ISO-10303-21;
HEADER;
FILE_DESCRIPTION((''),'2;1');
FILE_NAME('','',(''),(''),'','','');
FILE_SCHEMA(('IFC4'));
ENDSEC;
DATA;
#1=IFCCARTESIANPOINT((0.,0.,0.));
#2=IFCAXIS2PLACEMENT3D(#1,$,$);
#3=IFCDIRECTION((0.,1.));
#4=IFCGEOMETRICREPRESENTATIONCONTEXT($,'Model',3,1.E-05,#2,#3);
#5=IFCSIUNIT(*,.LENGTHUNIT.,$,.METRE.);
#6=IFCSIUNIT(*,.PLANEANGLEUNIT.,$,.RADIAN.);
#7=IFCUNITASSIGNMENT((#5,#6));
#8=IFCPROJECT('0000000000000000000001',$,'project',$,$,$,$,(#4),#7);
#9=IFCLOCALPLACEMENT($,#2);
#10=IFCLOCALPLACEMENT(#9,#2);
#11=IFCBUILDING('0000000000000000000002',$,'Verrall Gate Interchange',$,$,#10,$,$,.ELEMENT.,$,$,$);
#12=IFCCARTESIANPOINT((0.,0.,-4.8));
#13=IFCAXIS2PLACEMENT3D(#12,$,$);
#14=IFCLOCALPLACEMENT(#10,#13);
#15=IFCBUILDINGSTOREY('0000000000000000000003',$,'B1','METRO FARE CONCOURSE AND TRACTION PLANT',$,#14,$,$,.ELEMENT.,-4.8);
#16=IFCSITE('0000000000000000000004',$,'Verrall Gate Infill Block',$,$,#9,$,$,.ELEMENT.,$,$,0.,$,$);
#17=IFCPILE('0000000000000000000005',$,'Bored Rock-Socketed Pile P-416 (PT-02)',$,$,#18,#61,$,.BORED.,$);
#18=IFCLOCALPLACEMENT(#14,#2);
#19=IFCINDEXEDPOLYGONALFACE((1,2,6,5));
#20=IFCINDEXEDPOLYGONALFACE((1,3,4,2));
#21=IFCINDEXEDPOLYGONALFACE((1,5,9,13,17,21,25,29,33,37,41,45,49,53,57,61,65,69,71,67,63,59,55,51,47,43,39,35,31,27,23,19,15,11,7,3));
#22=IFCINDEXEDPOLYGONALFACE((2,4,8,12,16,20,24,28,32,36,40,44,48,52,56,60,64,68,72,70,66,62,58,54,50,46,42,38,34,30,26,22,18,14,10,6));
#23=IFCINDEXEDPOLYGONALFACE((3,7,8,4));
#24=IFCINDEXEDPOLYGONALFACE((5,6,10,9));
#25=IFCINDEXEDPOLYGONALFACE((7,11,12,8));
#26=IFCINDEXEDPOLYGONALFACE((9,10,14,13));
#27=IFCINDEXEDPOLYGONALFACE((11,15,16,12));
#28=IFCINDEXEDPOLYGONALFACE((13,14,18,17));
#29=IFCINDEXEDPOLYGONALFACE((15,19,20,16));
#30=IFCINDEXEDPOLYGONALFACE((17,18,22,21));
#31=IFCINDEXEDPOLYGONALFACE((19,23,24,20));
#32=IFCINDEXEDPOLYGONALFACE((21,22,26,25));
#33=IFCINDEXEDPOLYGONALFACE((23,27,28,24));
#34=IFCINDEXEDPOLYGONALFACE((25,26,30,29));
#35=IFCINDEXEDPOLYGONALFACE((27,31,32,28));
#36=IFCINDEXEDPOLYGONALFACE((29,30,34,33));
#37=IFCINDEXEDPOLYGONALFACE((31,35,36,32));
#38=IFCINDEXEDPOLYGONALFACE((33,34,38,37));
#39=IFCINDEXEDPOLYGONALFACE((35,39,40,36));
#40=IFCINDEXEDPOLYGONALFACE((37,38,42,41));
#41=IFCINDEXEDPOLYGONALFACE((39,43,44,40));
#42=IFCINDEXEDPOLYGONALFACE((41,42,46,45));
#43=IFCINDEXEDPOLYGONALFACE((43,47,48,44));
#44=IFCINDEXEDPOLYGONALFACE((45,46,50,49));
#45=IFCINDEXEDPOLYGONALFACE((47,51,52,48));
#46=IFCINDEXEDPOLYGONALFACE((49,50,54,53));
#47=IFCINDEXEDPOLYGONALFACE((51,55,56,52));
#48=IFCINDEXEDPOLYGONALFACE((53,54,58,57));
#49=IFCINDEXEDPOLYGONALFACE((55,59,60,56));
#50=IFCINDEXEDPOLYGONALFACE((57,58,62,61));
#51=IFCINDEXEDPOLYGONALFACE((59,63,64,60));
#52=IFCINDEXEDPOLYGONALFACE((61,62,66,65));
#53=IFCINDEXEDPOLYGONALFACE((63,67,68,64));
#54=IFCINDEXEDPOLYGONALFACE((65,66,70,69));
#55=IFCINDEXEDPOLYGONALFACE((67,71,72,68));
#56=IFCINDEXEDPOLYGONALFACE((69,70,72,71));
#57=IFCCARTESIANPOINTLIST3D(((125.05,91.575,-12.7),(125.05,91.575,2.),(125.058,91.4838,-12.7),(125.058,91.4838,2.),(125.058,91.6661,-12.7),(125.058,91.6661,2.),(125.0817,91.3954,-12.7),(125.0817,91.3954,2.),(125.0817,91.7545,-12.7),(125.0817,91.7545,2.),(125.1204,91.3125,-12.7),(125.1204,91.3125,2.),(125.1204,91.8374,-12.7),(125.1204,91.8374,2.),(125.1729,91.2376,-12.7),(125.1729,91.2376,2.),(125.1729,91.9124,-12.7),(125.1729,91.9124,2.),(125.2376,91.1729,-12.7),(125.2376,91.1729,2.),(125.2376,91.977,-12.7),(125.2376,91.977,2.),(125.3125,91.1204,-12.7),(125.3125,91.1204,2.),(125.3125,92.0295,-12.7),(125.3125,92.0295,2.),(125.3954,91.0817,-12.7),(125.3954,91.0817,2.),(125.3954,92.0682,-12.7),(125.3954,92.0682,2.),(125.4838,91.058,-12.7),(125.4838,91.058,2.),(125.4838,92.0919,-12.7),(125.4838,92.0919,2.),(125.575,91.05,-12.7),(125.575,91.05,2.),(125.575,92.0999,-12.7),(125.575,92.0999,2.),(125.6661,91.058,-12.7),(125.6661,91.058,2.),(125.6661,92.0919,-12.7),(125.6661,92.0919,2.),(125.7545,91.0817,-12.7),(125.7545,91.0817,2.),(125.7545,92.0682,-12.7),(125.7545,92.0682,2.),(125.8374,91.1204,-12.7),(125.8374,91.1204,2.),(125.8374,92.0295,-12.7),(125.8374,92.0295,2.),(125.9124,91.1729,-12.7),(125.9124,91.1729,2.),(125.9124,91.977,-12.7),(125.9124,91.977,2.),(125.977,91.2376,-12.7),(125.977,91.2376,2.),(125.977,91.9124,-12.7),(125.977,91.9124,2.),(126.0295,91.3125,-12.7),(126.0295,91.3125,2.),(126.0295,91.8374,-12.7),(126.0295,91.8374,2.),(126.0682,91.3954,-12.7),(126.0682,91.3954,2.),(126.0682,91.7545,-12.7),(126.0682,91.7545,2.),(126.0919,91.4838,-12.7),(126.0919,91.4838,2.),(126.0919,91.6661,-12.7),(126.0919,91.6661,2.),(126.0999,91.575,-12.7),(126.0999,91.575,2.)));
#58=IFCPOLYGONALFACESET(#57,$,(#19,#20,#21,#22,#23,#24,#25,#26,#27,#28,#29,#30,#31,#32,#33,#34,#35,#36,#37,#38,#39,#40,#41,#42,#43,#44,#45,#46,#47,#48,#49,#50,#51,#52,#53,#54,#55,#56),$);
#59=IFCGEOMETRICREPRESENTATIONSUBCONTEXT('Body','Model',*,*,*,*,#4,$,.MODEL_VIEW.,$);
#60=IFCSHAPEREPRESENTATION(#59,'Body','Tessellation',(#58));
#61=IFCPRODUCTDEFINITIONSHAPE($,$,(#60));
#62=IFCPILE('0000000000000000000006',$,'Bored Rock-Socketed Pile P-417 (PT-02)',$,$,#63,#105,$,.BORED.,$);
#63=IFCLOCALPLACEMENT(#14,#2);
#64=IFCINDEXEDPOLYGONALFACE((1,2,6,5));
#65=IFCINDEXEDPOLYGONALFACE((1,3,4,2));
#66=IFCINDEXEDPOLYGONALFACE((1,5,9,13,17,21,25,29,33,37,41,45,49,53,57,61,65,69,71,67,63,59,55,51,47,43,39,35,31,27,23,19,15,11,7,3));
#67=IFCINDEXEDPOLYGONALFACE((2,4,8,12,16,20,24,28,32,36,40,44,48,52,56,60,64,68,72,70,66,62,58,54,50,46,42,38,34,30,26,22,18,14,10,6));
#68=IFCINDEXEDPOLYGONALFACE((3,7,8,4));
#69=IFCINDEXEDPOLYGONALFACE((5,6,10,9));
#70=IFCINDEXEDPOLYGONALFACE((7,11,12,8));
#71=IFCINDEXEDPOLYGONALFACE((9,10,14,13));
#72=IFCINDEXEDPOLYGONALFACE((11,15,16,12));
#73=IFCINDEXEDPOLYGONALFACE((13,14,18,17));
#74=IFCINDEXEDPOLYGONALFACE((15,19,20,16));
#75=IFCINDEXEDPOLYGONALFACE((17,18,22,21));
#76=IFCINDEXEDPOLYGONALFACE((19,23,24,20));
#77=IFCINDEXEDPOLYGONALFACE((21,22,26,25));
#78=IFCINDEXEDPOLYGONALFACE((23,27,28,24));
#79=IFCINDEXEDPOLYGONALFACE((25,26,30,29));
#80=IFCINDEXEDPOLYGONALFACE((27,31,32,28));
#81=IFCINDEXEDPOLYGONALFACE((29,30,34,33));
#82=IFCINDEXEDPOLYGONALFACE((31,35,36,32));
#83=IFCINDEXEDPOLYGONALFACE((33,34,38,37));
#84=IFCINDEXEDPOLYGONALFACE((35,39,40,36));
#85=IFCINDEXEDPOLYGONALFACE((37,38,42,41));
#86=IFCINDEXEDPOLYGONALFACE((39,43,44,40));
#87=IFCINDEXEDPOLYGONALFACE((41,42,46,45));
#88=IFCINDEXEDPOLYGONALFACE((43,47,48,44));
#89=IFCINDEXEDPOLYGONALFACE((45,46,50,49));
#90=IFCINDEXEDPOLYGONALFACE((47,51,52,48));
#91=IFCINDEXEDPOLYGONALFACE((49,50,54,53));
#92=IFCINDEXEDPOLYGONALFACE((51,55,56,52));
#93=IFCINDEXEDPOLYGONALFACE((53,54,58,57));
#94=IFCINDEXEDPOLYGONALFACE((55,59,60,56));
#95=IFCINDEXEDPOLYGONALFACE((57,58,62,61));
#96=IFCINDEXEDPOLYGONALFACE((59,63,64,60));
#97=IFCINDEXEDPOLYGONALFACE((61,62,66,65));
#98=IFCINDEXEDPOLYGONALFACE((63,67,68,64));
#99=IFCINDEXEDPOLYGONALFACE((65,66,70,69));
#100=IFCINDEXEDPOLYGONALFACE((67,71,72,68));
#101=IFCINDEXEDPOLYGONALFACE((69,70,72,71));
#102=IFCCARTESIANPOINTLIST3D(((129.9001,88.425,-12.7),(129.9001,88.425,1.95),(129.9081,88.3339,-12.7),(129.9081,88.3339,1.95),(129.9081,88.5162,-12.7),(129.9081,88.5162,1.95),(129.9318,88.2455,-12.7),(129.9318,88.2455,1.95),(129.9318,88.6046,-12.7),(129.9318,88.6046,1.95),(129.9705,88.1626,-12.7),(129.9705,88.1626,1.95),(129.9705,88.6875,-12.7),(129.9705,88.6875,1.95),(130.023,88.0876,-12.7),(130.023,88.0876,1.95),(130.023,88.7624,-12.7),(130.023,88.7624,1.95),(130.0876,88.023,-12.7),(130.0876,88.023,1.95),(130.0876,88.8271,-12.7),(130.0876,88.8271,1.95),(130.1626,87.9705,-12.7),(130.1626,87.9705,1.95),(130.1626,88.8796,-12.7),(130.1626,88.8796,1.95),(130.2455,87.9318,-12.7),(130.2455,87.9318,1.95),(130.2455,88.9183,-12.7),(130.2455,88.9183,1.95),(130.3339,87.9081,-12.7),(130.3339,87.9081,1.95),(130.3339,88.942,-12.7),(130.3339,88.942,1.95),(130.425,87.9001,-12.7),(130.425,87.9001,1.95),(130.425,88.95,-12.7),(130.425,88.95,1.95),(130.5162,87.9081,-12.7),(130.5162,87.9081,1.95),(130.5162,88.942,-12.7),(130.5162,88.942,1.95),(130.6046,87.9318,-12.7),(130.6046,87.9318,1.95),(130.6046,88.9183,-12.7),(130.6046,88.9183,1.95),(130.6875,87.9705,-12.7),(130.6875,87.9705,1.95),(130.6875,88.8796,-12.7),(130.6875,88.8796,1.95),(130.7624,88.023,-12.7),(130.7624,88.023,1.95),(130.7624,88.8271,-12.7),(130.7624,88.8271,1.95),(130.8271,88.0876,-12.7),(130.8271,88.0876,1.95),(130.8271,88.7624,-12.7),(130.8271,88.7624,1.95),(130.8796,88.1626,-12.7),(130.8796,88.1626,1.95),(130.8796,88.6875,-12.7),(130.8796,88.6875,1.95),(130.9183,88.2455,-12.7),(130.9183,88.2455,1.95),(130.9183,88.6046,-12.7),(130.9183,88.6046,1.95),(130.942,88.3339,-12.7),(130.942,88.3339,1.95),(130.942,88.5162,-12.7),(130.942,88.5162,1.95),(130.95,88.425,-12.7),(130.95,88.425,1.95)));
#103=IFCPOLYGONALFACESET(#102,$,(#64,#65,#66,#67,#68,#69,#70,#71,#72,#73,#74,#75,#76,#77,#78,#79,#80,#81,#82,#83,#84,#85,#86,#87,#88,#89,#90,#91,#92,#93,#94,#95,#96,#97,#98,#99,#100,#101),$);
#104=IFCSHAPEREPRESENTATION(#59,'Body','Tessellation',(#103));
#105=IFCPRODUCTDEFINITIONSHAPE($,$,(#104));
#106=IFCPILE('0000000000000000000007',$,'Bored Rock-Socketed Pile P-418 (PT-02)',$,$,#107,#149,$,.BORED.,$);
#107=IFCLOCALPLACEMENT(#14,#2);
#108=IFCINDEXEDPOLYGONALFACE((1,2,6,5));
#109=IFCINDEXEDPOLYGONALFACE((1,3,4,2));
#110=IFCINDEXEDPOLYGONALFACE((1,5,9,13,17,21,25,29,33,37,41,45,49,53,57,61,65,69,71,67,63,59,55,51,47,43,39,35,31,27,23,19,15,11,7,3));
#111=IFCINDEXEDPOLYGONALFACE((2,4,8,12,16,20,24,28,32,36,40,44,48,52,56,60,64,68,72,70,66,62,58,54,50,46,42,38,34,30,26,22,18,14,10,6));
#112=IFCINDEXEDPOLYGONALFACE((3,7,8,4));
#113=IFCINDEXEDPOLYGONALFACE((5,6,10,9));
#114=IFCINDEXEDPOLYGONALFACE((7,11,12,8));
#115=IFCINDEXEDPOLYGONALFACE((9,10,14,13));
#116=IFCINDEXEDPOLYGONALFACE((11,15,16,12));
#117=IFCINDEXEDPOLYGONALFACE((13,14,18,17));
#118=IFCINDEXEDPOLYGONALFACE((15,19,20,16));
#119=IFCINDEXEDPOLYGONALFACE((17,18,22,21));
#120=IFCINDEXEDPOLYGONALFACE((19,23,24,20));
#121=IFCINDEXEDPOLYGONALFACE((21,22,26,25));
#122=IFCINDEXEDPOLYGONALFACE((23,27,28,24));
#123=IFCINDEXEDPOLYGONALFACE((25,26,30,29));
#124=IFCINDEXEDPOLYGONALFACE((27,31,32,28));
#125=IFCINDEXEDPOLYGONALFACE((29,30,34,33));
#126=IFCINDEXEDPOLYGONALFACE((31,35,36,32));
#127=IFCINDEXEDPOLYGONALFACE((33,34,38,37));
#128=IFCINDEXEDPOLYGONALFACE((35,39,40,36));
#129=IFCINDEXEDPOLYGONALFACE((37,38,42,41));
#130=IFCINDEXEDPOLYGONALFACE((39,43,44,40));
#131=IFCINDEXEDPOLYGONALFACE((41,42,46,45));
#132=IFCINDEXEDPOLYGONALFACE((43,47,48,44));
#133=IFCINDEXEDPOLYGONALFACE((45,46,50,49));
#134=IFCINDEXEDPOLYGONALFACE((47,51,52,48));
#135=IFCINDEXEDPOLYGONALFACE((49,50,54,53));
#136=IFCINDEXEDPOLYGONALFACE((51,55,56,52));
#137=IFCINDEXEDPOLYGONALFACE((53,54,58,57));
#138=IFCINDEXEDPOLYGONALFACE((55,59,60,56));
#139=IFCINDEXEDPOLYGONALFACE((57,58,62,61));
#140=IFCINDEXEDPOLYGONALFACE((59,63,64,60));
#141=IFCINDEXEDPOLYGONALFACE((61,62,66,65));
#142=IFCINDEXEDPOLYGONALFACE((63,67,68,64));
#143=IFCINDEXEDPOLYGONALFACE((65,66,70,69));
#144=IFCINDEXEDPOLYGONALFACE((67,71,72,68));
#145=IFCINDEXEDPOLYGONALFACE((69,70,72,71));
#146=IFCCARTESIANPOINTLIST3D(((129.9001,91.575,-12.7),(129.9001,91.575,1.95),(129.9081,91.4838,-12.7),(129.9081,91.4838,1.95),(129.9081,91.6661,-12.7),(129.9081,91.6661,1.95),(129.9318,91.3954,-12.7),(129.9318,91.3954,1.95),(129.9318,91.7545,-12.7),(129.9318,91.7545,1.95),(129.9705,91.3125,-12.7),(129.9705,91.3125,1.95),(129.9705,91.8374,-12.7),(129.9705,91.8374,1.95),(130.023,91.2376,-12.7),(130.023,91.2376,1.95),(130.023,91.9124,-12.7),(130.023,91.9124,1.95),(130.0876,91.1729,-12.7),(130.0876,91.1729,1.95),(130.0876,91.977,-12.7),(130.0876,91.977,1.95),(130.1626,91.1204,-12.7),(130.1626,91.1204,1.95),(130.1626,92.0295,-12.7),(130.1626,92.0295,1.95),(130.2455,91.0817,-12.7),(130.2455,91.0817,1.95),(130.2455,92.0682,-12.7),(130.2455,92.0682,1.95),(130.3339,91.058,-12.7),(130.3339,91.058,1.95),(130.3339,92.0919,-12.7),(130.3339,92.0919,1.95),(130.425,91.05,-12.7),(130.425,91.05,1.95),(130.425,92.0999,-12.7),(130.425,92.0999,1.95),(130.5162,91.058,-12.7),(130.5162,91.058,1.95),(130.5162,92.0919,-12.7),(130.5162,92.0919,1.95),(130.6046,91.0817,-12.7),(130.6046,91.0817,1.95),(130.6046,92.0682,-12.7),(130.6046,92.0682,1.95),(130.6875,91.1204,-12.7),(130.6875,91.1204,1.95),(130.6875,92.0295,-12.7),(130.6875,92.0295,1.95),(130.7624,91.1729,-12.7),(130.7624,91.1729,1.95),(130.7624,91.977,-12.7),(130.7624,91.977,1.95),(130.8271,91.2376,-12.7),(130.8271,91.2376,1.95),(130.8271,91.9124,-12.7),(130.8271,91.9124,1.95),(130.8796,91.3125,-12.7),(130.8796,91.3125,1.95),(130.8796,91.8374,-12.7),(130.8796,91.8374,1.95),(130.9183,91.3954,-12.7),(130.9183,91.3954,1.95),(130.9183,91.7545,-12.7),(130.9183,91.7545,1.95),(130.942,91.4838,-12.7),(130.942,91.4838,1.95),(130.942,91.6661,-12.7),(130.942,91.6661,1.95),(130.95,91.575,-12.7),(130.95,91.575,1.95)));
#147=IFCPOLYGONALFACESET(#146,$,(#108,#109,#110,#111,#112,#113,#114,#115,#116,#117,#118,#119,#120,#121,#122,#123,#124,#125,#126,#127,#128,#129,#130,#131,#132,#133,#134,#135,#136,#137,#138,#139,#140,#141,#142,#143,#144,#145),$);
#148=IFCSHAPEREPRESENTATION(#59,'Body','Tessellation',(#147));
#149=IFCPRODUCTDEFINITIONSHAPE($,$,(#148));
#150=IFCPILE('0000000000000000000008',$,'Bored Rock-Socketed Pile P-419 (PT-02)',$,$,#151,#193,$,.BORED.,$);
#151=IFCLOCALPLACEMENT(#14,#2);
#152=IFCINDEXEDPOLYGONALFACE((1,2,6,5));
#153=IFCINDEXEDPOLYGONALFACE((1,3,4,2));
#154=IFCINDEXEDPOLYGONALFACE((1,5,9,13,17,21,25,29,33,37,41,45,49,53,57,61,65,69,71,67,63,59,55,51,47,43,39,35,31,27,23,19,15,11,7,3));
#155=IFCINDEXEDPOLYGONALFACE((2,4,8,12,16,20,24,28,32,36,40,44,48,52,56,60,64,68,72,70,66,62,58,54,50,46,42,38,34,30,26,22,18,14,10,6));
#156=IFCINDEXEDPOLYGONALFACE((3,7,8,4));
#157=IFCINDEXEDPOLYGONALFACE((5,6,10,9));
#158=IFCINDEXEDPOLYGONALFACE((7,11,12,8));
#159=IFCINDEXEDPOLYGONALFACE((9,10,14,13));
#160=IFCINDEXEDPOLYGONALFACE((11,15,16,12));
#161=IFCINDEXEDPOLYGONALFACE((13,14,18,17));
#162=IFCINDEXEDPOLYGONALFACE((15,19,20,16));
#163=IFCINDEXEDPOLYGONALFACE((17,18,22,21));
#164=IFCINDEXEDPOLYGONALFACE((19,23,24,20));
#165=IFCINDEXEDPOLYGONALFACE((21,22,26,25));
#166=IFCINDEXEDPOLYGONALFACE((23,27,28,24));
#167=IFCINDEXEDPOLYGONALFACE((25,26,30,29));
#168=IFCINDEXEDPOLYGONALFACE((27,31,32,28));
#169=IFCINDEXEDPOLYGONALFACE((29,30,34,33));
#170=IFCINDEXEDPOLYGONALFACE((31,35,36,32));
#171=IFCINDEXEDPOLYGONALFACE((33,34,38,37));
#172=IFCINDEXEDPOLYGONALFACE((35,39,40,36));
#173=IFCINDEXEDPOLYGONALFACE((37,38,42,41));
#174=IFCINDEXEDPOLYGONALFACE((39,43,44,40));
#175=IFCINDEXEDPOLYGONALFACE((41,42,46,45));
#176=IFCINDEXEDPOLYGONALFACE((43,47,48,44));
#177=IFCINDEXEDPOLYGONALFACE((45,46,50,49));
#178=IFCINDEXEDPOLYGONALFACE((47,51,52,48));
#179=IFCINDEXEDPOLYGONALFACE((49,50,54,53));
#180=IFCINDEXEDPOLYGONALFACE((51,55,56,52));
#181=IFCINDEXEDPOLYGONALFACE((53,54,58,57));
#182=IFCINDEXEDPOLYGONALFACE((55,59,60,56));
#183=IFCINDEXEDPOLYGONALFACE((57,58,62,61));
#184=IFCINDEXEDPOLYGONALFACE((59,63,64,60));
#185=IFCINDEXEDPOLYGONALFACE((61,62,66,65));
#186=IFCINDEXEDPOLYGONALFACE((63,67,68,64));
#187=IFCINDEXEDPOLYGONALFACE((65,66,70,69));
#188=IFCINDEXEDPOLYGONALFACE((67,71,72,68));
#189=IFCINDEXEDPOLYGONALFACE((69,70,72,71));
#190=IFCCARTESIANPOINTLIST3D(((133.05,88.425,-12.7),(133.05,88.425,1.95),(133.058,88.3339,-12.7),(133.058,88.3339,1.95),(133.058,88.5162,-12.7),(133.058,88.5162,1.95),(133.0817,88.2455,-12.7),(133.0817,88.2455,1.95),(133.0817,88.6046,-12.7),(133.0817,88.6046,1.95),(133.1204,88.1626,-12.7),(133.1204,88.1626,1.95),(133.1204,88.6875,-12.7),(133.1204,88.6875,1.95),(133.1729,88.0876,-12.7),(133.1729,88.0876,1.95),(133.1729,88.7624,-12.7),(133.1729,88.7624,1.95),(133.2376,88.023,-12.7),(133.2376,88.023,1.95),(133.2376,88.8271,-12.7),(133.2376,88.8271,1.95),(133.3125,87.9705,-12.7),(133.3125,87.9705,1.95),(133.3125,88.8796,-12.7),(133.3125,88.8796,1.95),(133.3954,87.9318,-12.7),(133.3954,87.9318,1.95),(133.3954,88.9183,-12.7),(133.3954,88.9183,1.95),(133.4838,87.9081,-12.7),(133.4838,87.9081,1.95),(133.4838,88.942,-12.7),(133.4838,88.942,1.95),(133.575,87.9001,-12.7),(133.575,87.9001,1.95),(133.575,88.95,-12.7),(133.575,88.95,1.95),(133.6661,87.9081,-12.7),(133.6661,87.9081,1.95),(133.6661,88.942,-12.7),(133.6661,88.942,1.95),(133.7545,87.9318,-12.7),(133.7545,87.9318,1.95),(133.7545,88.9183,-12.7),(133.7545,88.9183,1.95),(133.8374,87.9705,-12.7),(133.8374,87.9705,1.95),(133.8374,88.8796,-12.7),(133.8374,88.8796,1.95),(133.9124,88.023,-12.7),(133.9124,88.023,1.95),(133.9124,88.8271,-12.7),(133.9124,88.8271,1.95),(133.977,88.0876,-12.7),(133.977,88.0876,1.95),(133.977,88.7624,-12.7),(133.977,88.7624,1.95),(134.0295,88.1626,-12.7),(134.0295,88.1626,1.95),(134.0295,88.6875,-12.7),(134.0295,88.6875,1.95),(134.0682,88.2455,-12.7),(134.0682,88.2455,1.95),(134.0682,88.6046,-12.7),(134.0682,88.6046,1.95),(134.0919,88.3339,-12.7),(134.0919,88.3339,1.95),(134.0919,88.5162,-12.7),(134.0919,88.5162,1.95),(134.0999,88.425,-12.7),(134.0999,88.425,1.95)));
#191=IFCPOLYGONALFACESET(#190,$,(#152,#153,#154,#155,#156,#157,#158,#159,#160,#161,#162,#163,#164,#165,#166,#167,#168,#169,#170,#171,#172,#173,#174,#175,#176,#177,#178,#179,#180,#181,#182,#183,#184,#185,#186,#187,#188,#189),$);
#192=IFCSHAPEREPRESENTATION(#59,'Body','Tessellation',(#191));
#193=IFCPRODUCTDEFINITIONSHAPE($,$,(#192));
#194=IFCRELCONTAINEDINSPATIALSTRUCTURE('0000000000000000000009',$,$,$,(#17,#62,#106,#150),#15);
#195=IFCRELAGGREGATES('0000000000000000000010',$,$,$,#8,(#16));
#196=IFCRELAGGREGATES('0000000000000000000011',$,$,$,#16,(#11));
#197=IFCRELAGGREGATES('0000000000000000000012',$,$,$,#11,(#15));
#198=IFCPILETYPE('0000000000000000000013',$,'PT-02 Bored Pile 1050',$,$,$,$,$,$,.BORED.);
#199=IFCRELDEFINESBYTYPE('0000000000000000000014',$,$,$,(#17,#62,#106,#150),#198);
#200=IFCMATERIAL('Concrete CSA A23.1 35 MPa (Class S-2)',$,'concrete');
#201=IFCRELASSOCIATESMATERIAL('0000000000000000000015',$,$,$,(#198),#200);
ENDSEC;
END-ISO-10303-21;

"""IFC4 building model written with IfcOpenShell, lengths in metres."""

from ifc_helpers import new_model, si_unit, direction, frame, origin, origin_2d, place, context, subcontext, project, spatial, circle, extrude, material, material_profile, profile_set, type_object, element, save


model = new_model("IFC4")

# Units and contexts
model_context = context("Model", 3, precision=1e-05, world=origin(), true_north=direction((0.0, 1.0)))
body_context = subcontext(model_context, "Body", "Model", "MODEL_VIEW")
ifc_project = project(units=[si_unit("LENGTHUNIT", "METRE"), si_unit("PLANEANGLEUNIT", "RADIAN")], contexts=[model_context])

# Site, building, storey
site_placement = place(None, origin())
site = spatial("IfcSite", under=ifc_project, at=site_placement, Name="Verrall Gate Infill Block", CompositionType="ELEMENT", RefElevation=0.0)
building_placement = place(site_placement, origin())
building = spatial("IfcBuilding", under=site, at=building_placement, Name="Verrall Gate Interchange", CompositionType="ELEMENT")
storey_placement = place(building_placement, frame((0.0, 0.0, -4.8)))
storey = spatial("IfcBuildingStorey", under=building, at=storey_placement, Name="B1", Description="METRO FARE CONCOURSE AND TRACTION PLANT", CompositionType="ELEMENT", Elevation=-4.8)

# Piles
ifc_material_1 = material(Name="Concrete CSA A23.1 35 MPa (Class S-2)", Category="concrete")
ifc_material_profile_1 = material_profile(ifc_material_1, circle(Radius=0.5249, at=origin_2d()), Name="PILE1050D")
ifc_profile_set_1 = profile_set([ifc_material_profile_1], Name="Concrete CSA A23.1 35 MPa (Class S-2)")
pile_type = type_object("IfcPileType", Name="PT-02 Bored Pile 1050", PredefinedType="BORED", material=ifc_profile_set_1)
for number, where, z_axis, x_axis, name in (
    (1, (125.575, 91.575, 2.0), (0.0, 0.0, -1.0), (1.0, 0.0, 0.0), "Bored Rock-Socketed Pile P-416 (PT-02)"),
):
    element("IfcPile", number, at=place(storey_placement, frame(where, z_axis=z_axis, x_axis=x_axis)), inside=storey, type_object=pile_type, Name=name, PredefinedType="BORED", context=body_context, shape_type="SweptSolid", body=[
        extrude(circle(Radius=0.5249, at=origin_2d()), origin(), (0.0, 0.0, 1.0), 14.7),
    ])
for number, where, z_axis, x_axis, name in (
    (2, (130.425, 88.425, 1.95), (0.0, 0.0, -1.0), (1.0, 0.0, 0.0), "Bored Rock-Socketed Pile P-417 (PT-02)"),
    (3, (130.425, 91.575, 1.95), (0.0, 0.0, -1.0), (1.0, 0.0, 0.0), "Bored Rock-Socketed Pile P-418 (PT-02)"),
    (4, (133.575, 88.425, 1.95), (0.0, 0.0, -1.0), (1.0, 0.0, 0.0), "Bored Rock-Socketed Pile P-419 (PT-02)"),
):
    element("IfcPile", number, at=place(storey_placement, frame(where, z_axis=z_axis, x_axis=x_axis)), inside=storey, type_object=pile_type, Name=name, PredefinedType="BORED", context=body_context, shape_type="SweptSolid", body=[
        extrude(circle(Radius=0.5249, at=origin_2d()), origin(), (0.0, 0.0, 1.0), 14.6499),
    ])

save(model, "model.ifc")
